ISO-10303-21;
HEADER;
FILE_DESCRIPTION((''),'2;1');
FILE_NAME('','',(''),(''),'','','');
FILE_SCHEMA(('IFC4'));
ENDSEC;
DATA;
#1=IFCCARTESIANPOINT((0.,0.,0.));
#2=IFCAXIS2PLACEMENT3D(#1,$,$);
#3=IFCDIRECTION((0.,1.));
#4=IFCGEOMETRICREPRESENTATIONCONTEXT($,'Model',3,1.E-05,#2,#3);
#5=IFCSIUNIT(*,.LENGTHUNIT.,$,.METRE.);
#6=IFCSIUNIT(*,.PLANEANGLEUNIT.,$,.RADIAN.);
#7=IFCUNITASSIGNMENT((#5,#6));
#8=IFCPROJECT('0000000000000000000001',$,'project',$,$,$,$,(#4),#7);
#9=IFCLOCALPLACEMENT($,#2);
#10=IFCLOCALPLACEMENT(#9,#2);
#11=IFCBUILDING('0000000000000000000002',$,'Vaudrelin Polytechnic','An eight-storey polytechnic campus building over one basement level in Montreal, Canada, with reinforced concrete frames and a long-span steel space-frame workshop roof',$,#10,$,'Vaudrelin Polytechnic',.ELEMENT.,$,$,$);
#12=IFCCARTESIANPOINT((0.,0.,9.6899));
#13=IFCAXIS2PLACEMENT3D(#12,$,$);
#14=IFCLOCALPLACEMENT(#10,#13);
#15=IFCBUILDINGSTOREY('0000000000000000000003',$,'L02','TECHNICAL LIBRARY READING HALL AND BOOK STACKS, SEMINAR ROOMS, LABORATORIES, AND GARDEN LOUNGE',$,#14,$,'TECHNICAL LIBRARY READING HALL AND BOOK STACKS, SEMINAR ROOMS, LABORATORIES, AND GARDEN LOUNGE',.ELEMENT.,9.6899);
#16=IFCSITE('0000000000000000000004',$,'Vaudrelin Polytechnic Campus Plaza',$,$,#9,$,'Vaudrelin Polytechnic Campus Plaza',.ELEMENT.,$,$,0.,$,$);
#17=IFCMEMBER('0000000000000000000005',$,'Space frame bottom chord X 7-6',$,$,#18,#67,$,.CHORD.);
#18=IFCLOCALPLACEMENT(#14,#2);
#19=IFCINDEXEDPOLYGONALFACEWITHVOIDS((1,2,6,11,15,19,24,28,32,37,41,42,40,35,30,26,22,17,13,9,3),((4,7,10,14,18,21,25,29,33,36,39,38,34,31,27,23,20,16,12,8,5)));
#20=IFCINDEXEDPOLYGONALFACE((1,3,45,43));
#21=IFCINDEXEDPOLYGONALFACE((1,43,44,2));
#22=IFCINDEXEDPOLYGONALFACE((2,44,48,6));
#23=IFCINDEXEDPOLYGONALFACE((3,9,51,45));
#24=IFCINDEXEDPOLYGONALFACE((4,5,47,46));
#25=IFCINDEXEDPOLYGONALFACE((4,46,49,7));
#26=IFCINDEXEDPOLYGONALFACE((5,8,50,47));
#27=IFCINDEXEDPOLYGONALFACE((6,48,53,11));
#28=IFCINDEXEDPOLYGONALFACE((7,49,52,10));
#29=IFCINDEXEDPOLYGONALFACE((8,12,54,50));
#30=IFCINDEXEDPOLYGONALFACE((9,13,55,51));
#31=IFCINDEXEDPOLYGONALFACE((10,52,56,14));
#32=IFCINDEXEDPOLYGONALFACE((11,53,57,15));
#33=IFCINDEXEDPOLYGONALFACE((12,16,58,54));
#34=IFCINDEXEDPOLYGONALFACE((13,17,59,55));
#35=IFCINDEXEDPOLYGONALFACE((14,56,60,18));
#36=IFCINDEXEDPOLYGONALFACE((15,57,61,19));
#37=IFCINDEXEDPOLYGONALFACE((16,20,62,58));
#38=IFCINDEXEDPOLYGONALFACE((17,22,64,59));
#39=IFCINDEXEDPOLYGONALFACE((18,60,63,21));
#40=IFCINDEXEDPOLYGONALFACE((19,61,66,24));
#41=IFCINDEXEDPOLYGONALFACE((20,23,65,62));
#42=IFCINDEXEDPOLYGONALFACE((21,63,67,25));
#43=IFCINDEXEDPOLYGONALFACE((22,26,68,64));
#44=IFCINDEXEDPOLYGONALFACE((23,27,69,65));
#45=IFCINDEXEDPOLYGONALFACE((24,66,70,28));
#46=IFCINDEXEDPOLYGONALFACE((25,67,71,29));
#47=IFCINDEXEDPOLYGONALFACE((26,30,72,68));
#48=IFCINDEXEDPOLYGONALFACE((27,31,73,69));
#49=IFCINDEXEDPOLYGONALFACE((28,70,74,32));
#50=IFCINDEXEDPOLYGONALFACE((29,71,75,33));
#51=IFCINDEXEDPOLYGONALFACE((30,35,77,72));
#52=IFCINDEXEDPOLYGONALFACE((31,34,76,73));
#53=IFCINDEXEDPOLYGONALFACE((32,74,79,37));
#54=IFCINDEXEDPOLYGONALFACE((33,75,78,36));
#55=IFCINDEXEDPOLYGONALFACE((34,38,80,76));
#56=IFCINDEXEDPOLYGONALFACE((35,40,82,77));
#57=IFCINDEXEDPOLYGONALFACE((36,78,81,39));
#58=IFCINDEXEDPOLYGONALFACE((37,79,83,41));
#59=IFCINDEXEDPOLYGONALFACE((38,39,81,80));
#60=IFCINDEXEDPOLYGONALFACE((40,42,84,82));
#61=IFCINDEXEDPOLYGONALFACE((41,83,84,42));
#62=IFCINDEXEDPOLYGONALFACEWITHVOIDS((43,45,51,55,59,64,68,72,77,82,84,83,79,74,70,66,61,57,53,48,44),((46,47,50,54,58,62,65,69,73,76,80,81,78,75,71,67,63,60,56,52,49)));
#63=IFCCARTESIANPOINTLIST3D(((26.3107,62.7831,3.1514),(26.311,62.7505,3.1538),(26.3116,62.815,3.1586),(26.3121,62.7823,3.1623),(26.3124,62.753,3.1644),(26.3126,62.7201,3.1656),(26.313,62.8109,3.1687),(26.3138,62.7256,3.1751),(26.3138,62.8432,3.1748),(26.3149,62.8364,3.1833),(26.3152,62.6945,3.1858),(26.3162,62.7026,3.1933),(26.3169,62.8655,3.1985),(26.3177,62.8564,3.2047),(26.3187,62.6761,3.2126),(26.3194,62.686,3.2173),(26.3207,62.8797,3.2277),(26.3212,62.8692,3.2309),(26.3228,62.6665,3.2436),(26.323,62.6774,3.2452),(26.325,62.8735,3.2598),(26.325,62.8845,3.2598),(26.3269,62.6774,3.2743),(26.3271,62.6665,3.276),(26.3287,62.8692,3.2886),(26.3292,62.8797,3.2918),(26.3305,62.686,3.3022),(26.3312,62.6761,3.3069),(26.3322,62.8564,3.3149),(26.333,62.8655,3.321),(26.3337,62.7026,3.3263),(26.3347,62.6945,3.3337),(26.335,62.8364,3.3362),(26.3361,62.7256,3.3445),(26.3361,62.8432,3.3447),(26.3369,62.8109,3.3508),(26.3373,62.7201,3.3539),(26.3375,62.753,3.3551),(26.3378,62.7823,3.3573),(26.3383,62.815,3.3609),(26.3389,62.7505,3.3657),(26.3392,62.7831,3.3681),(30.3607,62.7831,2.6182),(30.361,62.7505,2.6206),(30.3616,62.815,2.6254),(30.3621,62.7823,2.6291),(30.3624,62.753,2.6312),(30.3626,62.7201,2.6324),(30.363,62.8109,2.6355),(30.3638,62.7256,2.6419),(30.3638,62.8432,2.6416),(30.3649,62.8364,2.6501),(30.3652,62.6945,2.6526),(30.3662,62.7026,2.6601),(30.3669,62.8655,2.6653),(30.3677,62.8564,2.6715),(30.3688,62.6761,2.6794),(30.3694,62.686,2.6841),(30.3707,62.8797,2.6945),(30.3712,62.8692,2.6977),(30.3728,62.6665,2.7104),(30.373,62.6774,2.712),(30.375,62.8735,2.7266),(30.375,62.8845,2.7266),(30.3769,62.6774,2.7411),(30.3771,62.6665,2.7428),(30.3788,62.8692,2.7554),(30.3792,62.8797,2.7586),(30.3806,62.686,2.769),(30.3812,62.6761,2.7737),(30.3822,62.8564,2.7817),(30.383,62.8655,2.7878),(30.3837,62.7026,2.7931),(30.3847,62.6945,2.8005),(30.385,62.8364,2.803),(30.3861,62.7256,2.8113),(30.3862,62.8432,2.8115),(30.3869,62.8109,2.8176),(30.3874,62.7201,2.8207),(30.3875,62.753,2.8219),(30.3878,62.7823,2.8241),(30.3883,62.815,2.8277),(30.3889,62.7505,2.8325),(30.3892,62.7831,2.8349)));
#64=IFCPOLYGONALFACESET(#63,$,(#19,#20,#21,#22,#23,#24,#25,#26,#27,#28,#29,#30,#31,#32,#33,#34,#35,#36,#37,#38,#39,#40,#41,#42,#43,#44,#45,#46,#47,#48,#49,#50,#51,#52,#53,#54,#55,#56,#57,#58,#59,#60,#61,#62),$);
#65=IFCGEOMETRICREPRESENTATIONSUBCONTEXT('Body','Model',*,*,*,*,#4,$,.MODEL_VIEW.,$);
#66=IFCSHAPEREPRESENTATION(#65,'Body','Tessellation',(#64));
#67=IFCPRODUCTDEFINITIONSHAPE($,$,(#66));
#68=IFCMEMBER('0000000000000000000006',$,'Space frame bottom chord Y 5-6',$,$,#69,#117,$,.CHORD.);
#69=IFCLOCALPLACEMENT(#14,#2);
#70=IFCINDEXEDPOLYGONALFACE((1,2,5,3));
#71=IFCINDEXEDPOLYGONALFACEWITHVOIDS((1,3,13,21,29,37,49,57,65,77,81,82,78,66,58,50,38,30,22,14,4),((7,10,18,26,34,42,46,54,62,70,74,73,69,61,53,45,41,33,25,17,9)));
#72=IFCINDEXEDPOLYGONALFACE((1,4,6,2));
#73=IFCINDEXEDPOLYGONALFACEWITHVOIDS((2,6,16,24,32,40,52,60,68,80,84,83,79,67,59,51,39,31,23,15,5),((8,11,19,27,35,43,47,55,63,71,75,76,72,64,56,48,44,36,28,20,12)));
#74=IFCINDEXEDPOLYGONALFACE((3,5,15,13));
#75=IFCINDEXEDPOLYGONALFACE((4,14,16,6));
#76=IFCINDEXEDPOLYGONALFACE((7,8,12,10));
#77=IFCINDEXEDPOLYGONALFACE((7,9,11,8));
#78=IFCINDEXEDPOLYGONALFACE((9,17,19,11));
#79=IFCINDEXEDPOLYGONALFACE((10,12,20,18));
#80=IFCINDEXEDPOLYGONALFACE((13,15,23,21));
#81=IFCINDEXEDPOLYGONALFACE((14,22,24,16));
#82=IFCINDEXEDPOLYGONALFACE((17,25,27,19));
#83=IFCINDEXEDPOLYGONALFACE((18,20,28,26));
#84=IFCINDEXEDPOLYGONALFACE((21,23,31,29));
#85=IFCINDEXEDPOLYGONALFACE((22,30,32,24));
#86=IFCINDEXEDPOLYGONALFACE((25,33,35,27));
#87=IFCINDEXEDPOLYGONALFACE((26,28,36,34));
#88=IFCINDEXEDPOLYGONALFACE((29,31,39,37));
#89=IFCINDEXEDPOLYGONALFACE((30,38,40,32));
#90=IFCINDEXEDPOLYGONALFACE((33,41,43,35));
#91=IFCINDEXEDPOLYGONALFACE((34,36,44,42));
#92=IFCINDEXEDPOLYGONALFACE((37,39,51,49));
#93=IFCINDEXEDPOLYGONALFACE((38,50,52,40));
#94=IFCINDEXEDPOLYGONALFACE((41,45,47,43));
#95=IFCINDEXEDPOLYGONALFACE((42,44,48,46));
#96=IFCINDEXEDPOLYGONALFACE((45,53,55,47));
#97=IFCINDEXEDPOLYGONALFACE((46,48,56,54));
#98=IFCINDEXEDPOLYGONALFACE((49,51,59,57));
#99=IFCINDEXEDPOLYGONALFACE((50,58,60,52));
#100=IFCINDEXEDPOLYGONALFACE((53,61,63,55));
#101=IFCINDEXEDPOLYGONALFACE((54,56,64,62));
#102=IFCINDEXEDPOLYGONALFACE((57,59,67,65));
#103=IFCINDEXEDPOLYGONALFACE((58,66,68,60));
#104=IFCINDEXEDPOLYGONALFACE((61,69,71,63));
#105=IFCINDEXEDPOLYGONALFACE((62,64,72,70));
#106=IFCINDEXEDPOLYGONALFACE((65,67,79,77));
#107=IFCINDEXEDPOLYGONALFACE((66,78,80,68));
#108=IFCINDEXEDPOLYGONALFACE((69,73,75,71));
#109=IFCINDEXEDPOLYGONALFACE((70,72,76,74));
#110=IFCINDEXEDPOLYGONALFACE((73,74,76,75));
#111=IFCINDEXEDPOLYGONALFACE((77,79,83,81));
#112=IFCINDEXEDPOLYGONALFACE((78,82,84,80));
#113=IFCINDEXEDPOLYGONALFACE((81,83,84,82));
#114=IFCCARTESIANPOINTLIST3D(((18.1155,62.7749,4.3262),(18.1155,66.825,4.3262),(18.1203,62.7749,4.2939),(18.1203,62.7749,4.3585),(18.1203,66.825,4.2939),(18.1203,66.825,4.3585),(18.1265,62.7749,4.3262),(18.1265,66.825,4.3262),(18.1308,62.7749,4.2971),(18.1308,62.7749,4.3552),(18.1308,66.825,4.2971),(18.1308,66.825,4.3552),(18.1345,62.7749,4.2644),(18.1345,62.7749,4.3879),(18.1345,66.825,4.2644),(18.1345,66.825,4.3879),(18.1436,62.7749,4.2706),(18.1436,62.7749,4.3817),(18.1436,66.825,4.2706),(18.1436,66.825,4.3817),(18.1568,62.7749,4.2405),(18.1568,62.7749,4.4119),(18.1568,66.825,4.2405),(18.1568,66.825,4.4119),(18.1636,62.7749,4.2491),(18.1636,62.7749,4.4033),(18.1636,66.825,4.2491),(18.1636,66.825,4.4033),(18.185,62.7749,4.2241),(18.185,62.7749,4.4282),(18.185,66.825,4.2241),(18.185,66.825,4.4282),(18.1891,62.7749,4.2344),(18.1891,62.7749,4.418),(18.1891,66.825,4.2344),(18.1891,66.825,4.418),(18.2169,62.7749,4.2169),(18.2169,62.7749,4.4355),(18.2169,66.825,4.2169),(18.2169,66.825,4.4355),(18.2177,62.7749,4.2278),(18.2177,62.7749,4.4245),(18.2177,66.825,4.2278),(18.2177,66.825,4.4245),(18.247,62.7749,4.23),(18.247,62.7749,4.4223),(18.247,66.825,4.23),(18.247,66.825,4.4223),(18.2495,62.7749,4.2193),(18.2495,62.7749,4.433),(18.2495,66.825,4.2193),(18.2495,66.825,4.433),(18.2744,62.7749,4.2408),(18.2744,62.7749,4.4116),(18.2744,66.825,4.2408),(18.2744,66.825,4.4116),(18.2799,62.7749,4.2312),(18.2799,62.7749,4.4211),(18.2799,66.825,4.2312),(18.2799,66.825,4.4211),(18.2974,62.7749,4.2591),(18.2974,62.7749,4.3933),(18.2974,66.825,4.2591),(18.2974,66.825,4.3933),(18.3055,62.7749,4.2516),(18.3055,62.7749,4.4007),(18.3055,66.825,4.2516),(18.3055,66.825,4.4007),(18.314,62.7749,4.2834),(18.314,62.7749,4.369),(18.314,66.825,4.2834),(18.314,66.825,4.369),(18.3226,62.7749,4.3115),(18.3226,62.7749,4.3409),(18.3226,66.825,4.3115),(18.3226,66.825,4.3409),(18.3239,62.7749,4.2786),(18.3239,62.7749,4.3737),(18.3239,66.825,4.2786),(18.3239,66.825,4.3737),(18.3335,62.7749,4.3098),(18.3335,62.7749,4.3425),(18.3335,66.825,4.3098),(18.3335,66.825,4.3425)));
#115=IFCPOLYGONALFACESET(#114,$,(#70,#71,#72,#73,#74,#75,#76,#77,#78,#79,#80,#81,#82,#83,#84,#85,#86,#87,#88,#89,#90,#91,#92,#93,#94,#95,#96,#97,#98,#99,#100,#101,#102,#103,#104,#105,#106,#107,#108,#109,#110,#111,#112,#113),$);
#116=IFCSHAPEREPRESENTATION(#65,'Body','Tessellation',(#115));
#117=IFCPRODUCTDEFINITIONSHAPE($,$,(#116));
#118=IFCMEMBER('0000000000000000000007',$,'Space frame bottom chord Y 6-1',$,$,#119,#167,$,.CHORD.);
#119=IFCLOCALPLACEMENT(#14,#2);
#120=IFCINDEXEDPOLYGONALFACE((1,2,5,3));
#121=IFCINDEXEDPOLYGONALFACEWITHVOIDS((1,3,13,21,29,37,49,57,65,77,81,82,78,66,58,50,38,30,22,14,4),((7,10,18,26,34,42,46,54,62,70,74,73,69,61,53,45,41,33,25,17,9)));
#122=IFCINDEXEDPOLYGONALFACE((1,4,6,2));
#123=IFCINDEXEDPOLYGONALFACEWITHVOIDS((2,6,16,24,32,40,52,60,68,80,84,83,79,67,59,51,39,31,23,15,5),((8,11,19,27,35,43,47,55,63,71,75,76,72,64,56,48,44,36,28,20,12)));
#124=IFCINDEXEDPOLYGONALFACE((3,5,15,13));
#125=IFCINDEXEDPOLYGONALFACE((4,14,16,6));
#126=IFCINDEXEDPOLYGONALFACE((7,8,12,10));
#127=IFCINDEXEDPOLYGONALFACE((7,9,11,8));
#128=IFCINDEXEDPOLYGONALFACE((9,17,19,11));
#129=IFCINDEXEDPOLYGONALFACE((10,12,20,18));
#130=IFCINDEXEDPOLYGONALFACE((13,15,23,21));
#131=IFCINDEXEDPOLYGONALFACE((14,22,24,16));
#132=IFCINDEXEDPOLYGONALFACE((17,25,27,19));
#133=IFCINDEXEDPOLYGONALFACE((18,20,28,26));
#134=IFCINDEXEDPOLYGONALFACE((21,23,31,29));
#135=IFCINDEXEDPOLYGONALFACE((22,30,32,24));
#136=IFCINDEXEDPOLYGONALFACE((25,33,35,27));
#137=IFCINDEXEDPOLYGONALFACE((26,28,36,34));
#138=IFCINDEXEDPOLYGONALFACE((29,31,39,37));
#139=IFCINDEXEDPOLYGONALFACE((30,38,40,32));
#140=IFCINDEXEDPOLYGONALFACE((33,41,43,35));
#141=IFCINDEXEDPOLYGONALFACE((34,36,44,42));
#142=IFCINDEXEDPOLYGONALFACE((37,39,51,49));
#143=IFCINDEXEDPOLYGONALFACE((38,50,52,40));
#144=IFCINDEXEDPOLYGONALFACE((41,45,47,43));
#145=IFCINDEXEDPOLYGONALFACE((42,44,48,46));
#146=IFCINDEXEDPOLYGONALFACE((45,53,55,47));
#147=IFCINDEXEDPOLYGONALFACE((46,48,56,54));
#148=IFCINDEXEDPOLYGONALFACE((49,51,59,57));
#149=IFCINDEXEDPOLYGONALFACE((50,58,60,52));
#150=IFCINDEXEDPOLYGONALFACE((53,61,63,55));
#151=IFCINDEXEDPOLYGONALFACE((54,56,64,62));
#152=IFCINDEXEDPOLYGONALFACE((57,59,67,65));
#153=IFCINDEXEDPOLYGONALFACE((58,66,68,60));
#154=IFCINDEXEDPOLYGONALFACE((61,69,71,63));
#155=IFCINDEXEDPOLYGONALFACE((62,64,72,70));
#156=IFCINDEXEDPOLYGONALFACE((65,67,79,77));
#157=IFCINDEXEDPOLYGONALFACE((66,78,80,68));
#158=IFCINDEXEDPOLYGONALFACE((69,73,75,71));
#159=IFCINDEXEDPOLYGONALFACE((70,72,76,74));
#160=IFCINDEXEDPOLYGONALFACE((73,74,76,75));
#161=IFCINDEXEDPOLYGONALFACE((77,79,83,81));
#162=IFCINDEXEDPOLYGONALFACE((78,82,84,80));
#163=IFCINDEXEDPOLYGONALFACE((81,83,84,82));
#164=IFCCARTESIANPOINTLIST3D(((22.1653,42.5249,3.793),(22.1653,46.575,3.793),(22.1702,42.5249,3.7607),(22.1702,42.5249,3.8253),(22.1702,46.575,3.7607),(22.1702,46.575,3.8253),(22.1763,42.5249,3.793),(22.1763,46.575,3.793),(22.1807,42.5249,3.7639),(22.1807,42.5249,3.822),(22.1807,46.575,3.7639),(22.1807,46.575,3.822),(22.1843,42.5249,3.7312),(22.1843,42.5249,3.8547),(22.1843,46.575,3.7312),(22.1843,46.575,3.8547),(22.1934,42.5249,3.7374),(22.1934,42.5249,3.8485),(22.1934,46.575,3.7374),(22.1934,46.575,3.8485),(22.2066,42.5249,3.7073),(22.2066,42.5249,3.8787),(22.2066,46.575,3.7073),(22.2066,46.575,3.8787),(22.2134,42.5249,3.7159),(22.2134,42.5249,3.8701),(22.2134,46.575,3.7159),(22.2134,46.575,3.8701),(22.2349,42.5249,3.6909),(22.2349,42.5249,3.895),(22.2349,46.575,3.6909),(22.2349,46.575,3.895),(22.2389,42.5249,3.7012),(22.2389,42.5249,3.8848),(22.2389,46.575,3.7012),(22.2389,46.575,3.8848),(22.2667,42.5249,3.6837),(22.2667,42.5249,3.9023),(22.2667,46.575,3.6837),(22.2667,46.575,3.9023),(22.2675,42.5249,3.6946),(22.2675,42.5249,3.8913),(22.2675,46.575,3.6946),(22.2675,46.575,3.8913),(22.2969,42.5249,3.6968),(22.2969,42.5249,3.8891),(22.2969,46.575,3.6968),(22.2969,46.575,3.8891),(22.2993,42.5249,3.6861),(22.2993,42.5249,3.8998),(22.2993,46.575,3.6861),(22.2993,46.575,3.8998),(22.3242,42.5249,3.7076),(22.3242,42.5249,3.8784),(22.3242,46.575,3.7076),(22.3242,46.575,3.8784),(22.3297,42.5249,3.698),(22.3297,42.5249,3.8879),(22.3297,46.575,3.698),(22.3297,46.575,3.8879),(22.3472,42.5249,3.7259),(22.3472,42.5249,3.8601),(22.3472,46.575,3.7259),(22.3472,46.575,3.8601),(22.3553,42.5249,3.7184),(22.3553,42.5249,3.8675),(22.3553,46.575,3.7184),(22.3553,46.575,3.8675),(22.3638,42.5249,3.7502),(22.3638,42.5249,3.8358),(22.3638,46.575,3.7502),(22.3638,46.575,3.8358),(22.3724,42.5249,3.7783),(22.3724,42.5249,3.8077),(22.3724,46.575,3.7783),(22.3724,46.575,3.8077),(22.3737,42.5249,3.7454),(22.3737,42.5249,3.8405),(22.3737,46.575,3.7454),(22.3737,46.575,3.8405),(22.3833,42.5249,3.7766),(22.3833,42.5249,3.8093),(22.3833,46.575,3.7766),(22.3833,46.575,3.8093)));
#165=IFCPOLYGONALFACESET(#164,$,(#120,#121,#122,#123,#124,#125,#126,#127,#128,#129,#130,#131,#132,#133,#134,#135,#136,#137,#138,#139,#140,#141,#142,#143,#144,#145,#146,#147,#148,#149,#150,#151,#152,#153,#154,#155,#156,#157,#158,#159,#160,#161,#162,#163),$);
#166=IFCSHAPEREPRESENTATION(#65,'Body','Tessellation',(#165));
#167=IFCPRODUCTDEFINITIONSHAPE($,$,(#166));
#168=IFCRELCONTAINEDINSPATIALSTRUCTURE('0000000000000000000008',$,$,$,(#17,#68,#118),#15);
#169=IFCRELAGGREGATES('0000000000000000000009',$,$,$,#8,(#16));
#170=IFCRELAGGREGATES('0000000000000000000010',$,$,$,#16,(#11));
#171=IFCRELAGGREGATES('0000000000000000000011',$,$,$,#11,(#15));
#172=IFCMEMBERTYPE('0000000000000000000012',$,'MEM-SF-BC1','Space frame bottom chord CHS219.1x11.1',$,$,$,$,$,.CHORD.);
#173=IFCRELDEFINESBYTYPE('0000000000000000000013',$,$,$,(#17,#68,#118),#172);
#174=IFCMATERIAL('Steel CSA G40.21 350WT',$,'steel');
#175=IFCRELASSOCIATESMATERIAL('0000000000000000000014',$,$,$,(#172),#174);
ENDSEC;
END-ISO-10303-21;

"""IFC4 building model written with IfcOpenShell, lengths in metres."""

from ifc_helpers import new_model, si_unit, direction, frame, origin, origin_2d, place, context, subcontext, project, spatial, hollow_circle, extrude, material, material_profile, profile_set, type_object, element, save


model = new_model("IFC4")

# Units and contexts
model_context = context("Model", 3, precision=1e-05, world=origin(), true_north=direction((0.0, 1.0)))
body_context = subcontext(model_context, "Body", "Model", "MODEL_VIEW")
ifc_project = project(units=[si_unit("LENGTHUNIT", "METRE"), si_unit("PLANEANGLEUNIT", "RADIAN")], contexts=[model_context])

# Site, building, storey
site_placement = place(None, origin())
site = spatial("IfcSite", under=ifc_project, at=site_placement, Name="Vaudrelin Polytechnic Campus Plaza", LongName="Vaudrelin Polytechnic Campus Plaza", CompositionType="ELEMENT", RefElevation=0.0)
building_placement = place(site_placement, origin())
building = spatial("IfcBuilding", under=site, at=building_placement, Name="Vaudrelin Polytechnic", Description="An eight-storey polytechnic campus building over one basement level in Montreal, Canada, with reinforced concrete frames and a long-span steel space-frame workshop roof", LongName="Vaudrelin Polytechnic", CompositionType="ELEMENT")
storey_placement = place(building_placement, frame((0.0, 0.0, 9.6899)))
storey = spatial("IfcBuildingStorey", under=building, at=storey_placement, Name="L02", Description="TECHNICAL LIBRARY READING HALL AND BOOK STACKS, SEMINAR ROOMS, LABORATORIES, AND GARDEN LOUNGE", LongName="TECHNICAL LIBRARY READING HALL AND BOOK STACKS, SEMINAR ROOMS, LABORATORIES, AND GARDEN LOUNGE", CompositionType="ELEMENT", Elevation=9.6899)

# Members
ifc_material_1 = material(Name="Steel CSA G40.21 350WT", Category="steel")
ifc_material_profile_1 = material_profile(ifc_material_1, hollow_circle(Radius=0.1096, WallThickness=0.011, at=origin_2d()), Name="CHS219.1x11.1")
ifc_profile_set_1 = profile_set([ifc_material_profile_1], Name="Steel CSA G40.21 350WT")
member_type = type_object("IfcMemberType", Name="MEM-SF-BC1", Description="Space frame bottom chord CHS219.1x11.1", PredefinedType="CHORD", material=ifc_profile_set_1)
for number, where, z_axis, x_axis, name in (
    (1, (26.325, 62.7749, 3.2598), (0.991445, 0.0, -0.130527), (0.0, 1.0, 0.0), "Space frame bottom chord X 7-6"),
):
    element("IfcMember", number, at=place(storey_placement, frame(where, z_axis=z_axis, x_axis=x_axis)), inside=storey, type_object=member_type, Name=name, PredefinedType="CHORD", context=body_context, shape_type="SweptSolid", body=[
        extrude(hollow_circle(Radius=0.1096, WallThickness=0.011, at=origin_2d()), origin(), (0.0, 0.0, 1.0), 4.085),
    ])
for number, where, z_axis, x_axis, name in (
    (2, (18.2251, 62.7749, 4.3262), (0.0, 1.0, 0.0), (-1.0, 0.0, 0.0), "Space frame bottom chord Y 5-6"),
    (3, (22.2749, 42.5249, 3.793), (0.0, 1.0, 0.0), (-1.0, 0.0, 0.0), "Space frame bottom chord Y 6-1"),
):
    element("IfcMember", number, at=place(storey_placement, frame(where, z_axis=z_axis, x_axis=x_axis)), inside=storey, type_object=member_type, Name=name, PredefinedType="CHORD", context=body_context, shape_type="SweptSolid", body=[
        extrude(hollow_circle(Radius=0.1096, WallThickness=0.011, at=origin_2d()), origin(), (0.0, 0.0, 1.0), 4.05),
    ])

save(model, "model.ifc")
